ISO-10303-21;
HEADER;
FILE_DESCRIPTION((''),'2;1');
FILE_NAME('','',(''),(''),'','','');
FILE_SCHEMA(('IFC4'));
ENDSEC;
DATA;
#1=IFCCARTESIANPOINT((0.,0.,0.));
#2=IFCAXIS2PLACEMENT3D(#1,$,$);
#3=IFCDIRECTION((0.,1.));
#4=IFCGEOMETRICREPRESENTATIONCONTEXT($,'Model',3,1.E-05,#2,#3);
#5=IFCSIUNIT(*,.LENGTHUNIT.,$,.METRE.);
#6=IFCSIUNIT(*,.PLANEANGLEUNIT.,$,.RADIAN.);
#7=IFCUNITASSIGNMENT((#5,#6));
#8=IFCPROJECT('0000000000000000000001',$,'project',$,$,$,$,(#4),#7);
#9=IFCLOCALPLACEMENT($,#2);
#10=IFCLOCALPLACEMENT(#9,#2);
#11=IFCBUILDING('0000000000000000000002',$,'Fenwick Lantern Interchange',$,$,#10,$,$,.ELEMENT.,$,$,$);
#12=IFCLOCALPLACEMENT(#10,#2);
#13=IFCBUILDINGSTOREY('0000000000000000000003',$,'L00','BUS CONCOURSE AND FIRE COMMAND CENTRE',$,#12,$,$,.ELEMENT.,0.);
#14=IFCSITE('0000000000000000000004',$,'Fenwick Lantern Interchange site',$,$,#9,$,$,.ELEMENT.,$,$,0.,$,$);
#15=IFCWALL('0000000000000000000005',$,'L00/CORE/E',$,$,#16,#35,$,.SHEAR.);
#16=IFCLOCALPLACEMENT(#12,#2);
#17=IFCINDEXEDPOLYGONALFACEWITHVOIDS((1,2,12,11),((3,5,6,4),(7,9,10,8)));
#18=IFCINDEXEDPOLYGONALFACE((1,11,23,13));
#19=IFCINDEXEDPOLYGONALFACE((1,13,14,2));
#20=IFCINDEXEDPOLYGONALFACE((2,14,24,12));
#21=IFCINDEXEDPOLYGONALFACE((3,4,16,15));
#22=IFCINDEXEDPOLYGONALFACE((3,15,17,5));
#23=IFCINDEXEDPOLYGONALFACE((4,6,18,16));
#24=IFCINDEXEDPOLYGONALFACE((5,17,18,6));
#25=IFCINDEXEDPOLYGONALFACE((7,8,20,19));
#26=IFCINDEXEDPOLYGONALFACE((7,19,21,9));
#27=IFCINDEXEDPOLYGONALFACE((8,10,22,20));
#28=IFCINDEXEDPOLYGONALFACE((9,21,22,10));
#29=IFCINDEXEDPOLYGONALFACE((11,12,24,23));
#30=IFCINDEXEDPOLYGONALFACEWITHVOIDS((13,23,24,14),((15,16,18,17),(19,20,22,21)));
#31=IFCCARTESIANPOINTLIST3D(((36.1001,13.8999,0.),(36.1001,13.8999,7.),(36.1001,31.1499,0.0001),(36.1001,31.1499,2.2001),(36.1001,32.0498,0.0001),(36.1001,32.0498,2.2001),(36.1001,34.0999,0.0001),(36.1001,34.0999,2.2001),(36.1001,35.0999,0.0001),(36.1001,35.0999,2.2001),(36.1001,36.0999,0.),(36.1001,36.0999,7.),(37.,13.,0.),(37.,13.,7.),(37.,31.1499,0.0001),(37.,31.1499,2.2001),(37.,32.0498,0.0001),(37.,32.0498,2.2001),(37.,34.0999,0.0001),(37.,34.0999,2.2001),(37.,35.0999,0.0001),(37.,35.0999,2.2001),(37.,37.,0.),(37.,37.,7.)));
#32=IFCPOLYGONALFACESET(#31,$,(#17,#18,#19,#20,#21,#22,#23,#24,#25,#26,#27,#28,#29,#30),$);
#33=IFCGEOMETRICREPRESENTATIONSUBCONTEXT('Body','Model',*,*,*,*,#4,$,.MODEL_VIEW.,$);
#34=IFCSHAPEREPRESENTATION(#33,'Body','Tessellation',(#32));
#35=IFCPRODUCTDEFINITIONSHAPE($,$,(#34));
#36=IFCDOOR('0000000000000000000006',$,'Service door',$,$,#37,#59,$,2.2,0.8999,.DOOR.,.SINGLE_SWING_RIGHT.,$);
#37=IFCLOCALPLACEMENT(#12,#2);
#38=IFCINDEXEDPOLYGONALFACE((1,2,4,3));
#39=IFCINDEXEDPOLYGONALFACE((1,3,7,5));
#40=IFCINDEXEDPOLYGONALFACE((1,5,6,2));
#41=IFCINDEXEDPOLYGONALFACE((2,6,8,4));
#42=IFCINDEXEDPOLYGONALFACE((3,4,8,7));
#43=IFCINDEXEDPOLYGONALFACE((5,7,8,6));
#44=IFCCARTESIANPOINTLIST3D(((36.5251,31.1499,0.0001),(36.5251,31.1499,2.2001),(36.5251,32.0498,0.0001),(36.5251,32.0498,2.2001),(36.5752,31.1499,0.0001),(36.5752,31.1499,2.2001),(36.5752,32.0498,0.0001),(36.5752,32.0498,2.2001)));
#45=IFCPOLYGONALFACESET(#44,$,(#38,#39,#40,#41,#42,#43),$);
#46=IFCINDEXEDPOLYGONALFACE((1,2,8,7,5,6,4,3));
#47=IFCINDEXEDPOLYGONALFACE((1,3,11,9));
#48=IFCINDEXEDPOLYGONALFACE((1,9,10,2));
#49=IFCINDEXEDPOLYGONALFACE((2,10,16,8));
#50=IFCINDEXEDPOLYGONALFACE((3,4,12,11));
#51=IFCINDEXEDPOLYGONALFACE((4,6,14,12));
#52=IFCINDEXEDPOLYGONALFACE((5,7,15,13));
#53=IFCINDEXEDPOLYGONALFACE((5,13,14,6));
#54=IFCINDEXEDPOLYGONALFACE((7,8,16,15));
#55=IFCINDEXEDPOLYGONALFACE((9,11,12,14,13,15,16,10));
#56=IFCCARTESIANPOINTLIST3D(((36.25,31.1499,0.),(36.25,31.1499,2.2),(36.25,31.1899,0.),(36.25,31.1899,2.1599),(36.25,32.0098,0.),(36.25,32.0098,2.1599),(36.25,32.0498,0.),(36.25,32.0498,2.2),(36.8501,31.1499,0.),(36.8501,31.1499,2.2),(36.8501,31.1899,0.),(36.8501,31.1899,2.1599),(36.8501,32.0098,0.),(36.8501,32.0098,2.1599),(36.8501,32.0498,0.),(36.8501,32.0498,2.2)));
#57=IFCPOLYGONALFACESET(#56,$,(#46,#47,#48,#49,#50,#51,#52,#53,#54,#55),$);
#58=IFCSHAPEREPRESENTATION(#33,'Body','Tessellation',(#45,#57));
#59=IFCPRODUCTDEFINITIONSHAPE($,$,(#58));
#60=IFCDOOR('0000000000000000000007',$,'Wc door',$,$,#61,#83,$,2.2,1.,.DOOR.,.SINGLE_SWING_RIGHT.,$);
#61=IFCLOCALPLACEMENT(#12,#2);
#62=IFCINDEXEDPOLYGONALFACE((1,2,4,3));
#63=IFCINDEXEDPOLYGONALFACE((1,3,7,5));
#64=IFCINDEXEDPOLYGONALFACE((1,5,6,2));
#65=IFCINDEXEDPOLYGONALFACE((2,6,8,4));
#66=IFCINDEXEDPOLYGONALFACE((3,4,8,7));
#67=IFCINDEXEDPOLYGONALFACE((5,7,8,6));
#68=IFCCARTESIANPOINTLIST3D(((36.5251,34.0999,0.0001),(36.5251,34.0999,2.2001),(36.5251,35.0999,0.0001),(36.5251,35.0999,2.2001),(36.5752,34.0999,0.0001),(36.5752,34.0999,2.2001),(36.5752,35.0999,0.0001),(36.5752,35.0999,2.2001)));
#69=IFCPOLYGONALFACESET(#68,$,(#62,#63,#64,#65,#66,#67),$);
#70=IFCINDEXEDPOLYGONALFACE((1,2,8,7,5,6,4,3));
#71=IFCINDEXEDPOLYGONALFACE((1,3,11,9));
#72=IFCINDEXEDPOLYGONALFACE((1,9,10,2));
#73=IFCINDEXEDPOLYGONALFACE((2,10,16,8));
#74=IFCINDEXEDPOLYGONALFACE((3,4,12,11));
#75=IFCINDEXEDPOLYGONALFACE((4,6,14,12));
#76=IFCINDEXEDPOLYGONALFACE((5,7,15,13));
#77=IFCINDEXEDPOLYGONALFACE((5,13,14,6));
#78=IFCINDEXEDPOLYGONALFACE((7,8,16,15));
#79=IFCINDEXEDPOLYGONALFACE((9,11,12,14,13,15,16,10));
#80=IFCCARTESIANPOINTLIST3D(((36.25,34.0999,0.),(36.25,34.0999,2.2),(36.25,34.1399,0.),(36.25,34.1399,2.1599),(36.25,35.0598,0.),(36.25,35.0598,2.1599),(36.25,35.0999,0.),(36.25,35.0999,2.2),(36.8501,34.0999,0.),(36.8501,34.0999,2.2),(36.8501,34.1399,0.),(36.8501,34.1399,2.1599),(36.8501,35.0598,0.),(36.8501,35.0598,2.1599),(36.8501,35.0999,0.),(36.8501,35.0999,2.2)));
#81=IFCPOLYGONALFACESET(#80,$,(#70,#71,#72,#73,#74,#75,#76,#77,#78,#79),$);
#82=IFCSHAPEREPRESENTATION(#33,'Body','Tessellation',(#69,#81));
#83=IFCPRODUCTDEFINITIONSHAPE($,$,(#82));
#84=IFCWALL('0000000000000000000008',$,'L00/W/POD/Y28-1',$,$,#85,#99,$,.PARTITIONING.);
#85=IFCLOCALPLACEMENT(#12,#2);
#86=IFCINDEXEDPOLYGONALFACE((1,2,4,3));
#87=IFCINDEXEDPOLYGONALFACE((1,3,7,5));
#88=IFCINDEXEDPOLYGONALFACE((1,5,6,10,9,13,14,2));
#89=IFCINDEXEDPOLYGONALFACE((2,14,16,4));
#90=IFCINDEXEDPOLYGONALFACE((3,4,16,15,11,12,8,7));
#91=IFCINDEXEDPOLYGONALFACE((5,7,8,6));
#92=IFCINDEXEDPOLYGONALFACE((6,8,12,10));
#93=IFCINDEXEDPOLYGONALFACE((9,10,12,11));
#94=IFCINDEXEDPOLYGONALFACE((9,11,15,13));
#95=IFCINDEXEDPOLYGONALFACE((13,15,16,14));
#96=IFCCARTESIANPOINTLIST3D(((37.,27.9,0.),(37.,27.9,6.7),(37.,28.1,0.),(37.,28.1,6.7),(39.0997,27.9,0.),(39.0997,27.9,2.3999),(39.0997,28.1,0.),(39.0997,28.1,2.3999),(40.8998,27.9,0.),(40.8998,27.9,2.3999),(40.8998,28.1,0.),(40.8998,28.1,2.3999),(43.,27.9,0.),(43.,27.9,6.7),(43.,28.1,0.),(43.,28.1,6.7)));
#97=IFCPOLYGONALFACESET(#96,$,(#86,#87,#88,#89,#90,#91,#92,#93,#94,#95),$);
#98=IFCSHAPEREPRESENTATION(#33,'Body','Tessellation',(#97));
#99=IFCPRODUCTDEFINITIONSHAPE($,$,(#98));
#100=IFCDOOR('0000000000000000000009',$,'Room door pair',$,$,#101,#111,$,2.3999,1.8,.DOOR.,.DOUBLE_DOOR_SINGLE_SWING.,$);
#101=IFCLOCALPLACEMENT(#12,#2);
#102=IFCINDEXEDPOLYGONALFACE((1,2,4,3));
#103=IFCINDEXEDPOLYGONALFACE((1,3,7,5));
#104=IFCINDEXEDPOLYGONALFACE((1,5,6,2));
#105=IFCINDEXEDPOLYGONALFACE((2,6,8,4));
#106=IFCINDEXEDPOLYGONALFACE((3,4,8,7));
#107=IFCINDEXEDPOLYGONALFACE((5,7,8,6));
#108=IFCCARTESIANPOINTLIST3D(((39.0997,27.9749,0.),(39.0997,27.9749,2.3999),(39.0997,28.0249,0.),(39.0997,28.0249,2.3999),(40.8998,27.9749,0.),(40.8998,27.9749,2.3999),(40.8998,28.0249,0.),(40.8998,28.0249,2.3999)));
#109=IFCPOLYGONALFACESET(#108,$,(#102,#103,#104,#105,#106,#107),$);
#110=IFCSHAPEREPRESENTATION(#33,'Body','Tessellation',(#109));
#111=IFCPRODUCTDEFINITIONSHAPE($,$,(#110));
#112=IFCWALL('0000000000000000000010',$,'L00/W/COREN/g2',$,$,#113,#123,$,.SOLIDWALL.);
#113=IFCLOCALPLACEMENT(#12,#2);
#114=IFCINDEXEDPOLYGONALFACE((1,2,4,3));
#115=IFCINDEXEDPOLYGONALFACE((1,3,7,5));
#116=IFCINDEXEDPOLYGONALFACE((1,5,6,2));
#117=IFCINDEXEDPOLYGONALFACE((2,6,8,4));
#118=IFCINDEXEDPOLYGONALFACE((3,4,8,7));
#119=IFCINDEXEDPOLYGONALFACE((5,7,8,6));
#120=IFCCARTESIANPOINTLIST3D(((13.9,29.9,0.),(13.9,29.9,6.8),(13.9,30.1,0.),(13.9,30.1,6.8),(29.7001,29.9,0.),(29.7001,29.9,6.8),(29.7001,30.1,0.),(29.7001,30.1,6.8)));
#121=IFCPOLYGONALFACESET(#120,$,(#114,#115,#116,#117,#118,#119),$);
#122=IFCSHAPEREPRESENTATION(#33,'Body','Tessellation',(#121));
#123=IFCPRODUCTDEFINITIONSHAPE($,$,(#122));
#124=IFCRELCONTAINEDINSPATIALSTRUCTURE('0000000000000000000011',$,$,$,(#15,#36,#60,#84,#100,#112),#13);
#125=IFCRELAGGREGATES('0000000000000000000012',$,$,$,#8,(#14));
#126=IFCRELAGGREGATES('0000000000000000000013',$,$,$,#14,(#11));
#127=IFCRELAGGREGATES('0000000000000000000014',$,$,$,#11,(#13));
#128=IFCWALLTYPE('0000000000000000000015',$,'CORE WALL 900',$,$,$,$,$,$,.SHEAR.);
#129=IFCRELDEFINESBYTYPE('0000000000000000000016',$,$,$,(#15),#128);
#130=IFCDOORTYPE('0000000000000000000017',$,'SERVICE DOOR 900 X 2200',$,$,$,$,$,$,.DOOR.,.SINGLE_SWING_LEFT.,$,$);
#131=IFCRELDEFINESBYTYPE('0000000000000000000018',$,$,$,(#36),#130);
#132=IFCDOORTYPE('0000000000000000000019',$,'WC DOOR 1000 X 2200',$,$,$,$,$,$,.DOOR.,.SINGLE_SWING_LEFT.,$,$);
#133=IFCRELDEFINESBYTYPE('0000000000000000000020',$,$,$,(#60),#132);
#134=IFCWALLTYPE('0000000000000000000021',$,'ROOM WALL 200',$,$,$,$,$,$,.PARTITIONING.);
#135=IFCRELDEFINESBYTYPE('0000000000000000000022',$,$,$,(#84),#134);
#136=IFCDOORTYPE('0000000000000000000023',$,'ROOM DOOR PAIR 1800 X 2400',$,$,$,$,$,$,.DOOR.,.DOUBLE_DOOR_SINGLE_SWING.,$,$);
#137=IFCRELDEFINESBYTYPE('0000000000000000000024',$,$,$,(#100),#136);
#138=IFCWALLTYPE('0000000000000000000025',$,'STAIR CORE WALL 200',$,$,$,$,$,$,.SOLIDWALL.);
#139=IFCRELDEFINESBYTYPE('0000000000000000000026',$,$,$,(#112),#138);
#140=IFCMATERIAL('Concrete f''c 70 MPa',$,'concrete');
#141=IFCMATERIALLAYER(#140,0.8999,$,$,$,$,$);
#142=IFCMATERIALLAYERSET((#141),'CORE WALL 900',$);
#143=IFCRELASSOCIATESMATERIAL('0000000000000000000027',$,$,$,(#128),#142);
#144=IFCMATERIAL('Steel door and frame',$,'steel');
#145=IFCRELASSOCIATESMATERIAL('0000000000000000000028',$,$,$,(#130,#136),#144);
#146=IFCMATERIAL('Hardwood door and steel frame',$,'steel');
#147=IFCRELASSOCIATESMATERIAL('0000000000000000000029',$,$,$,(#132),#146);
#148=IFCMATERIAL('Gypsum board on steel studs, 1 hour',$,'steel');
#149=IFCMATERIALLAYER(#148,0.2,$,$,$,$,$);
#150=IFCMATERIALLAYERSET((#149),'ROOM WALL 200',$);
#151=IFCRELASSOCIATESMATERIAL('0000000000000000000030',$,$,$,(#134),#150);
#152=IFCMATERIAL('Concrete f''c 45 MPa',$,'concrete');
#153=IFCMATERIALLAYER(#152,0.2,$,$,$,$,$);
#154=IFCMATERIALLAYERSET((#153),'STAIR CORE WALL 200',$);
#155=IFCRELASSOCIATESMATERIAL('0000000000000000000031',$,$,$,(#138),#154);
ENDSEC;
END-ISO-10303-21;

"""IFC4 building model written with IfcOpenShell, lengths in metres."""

from ifc_helpers import new_model, si_unit, direction, frame, frame_2d, origin, place, context, subcontext, project, spatial, polyline, rectangle, outline, extrude, material, layer, layer_set, type_object, element, fill, save


model = new_model("IFC4")

# Units and contexts
model_context = context("Model", 3, precision=1e-05, world=origin(), true_north=direction((0.0, 1.0)))
body_context = subcontext(model_context, "Body", "Model", "MODEL_VIEW")
ifc_project = project(units=[si_unit("LENGTHUNIT", "METRE"), si_unit("PLANEANGLEUNIT", "RADIAN")], contexts=[model_context])

# Site, building, storey
site_placement = place(None, origin())
site = spatial("IfcSite", under=ifc_project, at=site_placement, Name="Fenwick Lantern Interchange site", CompositionType="ELEMENT", RefElevation=0.0)
building_placement = place(site_placement, origin())
building = spatial("IfcBuilding", under=site, at=building_placement, Name="Fenwick Lantern Interchange", CompositionType="ELEMENT")
storey_placement = place(building_placement, origin())
storey = spatial("IfcBuildingStorey", under=building, at=storey_placement, Name="L00", Description="BUS CONCOURSE AND FIRE COMMAND CENTRE", CompositionType="ELEMENT", Elevation=0.0)

# Wall, openings, doors
ifc_material_1 = material(Name="Concrete f'c 70 MPa", Category="concrete")
ifc_layer_1 = layer(ifc_material_1, 0.8999)
ifc_layer_set_1 = layer_set([ifc_layer_1], Name="CORE WALL 900")
wall_type_1 = type_object("IfcWallType", Name="CORE WALL 900", PredefinedType="SHEAR", material=ifc_layer_set_1)
wall_1_placement = place(storey_placement, frame((36.55, 13.8999, 0.0), z_axis=(0.0, 0.0, 1.0), x_axis=(0.0, 1.0, 0.0)))
wall_1 = element("IfcWall", 1, at=wall_1_placement, inside=storey, type_object=wall_type_1, Name="L00/CORE/E", PredefinedType="SHEAR", context=body_context, shape_type="SweptSolid", body=[
    extrude(outline(polyline([(-0.8999, -0.45), (23.1001, -0.45), (22.2, 0.45), (0.0, 0.45), (-0.8999, -0.45)])), origin(), (0.0, 0.0, 1.0), 7.0),
])
opening_1_placement = place(wall_1_placement, frame((20.2, 0.0, 0.0)))
opening_1 = element("IfcOpeningElement", 2, at=opening_1_placement, cuts=wall_1, PredefinedType="OPENING", context=body_context, shape_type="SweptSolid", body=[
    extrude(rectangle(XDim=1.0, YDim=2.2, at=frame_2d((0.5, 1.1001))), frame((0.0, 0.46, 0.0), z_axis=(0.0, -1.0, 0.0), x_axis=(1.0, 0.0, 0.0)), (0.0, 0.0, 1.0), 0.9199),
])
opening_2_placement = place(wall_1_placement, frame((17.25, 0.0, 0.0)))
opening_2 = element("IfcOpeningElement", 3, at=opening_2_placement, cuts=wall_1, PredefinedType="OPENING", context=body_context, shape_type="SweptSolid", body=[
    extrude(rectangle(XDim=0.8999, YDim=2.2, at=frame_2d((0.45, 1.1001))), frame((0.0, 0.46, 0.0), z_axis=(0.0, -1.0, 0.0), x_axis=(1.0, 0.0, 0.0)), (0.0, 0.0, 1.0), 0.9199),
])
ifc_material_2 = material(Name="Steel door and frame", Category="steel")
door_type_1 = type_object("IfcDoorType", Name="SERVICE DOOR 900 X 2200", OperationType="SINGLE_SWING_LEFT", PredefinedType="DOOR", material=ifc_material_2)
door_1_placement = place(opening_2_placement, origin())
door_1 = element("IfcDoor", 4, at=door_1_placement, inside=storey, type_object=door_type_1, Name="Service door", OperationType="SINGLE_SWING_RIGHT", OverallHeight=2.2, OverallWidth=0.8999, PredefinedType="DOOR", context=body_context, shape_type="SweptSolid", body=[
    extrude(rectangle(XDim=0.8999, YDim=2.2, at=frame_2d((0.45, 1.1001))), frame((0.0, 0.0249, 0.0), z_axis=(0.0, -1.0, 0.0), x_axis=(1.0, 0.0, 0.0)), (0.0, 0.0, 1.0), 0.05),
    extrude(outline(polyline([(0.0, 0.0), (0.04, 0.0), (0.04, 2.1599), (0.8599, 2.1599), (0.8599, 0.0), (0.8999, 0.0), (0.8999, 2.2), (0.0, 2.2), (0.0, 0.0)])), frame((0.0, 0.3, 0.0), z_axis=(0.0, -1.0, 0.0), x_axis=(1.0, 0.0, 0.0)), (0.0, 0.0, 1.0), 0.6001),
])
fill(opening_2, door_1)
ifc_material_3 = material(Name="Hardwood door and steel frame", Category="steel")
door_type_2 = type_object("IfcDoorType", Name="WC DOOR 1000 X 2200", OperationType="SINGLE_SWING_LEFT", PredefinedType="DOOR", material=ifc_material_3)
door_2_placement = place(opening_1_placement, origin())
door_2 = element("IfcDoor", 5, at=door_2_placement, inside=storey, type_object=door_type_2, Name="Wc door", OperationType="SINGLE_SWING_RIGHT", OverallHeight=2.2, OverallWidth=1.0, PredefinedType="DOOR", context=body_context, shape_type="SweptSolid", body=[
    extrude(rectangle(XDim=1.0, YDim=2.2, at=frame_2d((0.5, 1.1001))), frame((0.0, 0.0249, 0.0), z_axis=(0.0, -1.0, 0.0), x_axis=(1.0, 0.0, 0.0)), (0.0, 0.0, 1.0), 0.05),
    extrude(outline(polyline([(0.0, 0.0), (0.04, 0.0), (0.04, 2.1599), (0.96, 2.1599), (0.96, 0.0), (1.0, 0.0), (1.0, 2.2), (0.0, 2.2), (0.0, 0.0)])), frame((0.0, 0.3, 0.0), z_axis=(0.0, -1.0, 0.0), x_axis=(1.0, 0.0, 0.0)), (0.0, 0.0, 1.0), 0.6001),
])
fill(opening_1, door_2)

# Wall, opening, door
ifc_material_4 = material(Name="Gypsum board on steel studs, 1 hour", Category="steel")
ifc_layer_2 = layer(ifc_material_4, 0.2)
ifc_layer_set_2 = layer_set([ifc_layer_2], Name="ROOM WALL 200")
wall_type_2 = type_object("IfcWallType", Name="ROOM WALL 200", PredefinedType="PARTITIONING", material=ifc_layer_set_2)
wall_2_placement = place(storey_placement, frame((37.0, 28.0, 0.0), z_axis=(0.0, 0.0, 1.0), x_axis=(1.0, 0.0, 0.0)))
wall_2 = element("IfcWall", 6, at=wall_2_placement, inside=storey, type_object=wall_type_2, Name="L00/W/POD/Y28-1", PredefinedType="PARTITIONING", context=body_context, shape_type="SweptSolid", body=[
    extrude(rectangle(XDim=6.0, YDim=0.2, at=frame_2d((3.0, 0.0))), origin(), (0.0, 0.0, 1.0), 6.7),
])
opening_3_placement = place(wall_2_placement, frame((2.0999, 0.0, 0.0)))
opening_3 = element("IfcOpeningElement", 7, at=opening_3_placement, cuts=wall_2, PredefinedType="OPENING", context=body_context, shape_type="SweptSolid", body=[
    extrude(rectangle(XDim=1.8, YDim=2.3999, at=frame_2d((0.8999, 1.2))), frame((0.0, 0.1099, 0.0), z_axis=(0.0, -1.0, 0.0), x_axis=(1.0, 0.0, 0.0)), (0.0, 0.0, 1.0), 0.22),
])
door_type_3 = type_object("IfcDoorType", Name="ROOM DOOR PAIR 1800 X 2400", OperationType="DOUBLE_DOOR_SINGLE_SWING", PredefinedType="DOOR", material=ifc_material_2)
door_3_placement = place(opening_3_placement, origin())
door_3 = element("IfcDoor", 8, at=door_3_placement, inside=storey, type_object=door_type_3, Name="Room door pair", OperationType="DOUBLE_DOOR_SINGLE_SWING", OverallHeight=2.3999, OverallWidth=1.8, PredefinedType="DOOR", context=body_context, shape_type="SweptSolid", body=[
    extrude(rectangle(XDim=1.8, YDim=2.3999, at=frame_2d((0.8999, 1.2))), frame((0.0, 0.0249, 0.0), z_axis=(0.0, -1.0, 0.0), x_axis=(1.0, 0.0, 0.0)), (0.0, 0.0, 1.0), 0.05),
])
fill(opening_3, door_3)

# Wall
ifc_material_5 = material(Name="Concrete f'c 45 MPa", Category="concrete")
ifc_layer_3 = layer(ifc_material_5, 0.2)
ifc_layer_set_3 = layer_set([ifc_layer_3], Name="STAIR CORE WALL 200")
wall_type_3 = type_object("IfcWallType", Name="STAIR CORE WALL 200", PredefinedType="SOLIDWALL", material=ifc_layer_set_3)
wall_3_placement = place(storey_placement, frame((29.7, 30.0, 0.0), z_axis=(0.0, 0.0, 1.0), x_axis=(-1.0, 0.0, 0.0)))
element("IfcWall", 9, at=wall_3_placement, inside=storey, type_object=wall_type_3, Name="L00/W/COREN/g2", PredefinedType="SOLIDWALL", context=body_context, shape_type="SweptSolid", body=[
    extrude(rectangle(XDim=15.8, YDim=0.2, at=frame_2d((7.8999, 0.0))), origin(), (0.0, 0.0, 1.0), 6.8),
])

save(model, "model.ifc")
